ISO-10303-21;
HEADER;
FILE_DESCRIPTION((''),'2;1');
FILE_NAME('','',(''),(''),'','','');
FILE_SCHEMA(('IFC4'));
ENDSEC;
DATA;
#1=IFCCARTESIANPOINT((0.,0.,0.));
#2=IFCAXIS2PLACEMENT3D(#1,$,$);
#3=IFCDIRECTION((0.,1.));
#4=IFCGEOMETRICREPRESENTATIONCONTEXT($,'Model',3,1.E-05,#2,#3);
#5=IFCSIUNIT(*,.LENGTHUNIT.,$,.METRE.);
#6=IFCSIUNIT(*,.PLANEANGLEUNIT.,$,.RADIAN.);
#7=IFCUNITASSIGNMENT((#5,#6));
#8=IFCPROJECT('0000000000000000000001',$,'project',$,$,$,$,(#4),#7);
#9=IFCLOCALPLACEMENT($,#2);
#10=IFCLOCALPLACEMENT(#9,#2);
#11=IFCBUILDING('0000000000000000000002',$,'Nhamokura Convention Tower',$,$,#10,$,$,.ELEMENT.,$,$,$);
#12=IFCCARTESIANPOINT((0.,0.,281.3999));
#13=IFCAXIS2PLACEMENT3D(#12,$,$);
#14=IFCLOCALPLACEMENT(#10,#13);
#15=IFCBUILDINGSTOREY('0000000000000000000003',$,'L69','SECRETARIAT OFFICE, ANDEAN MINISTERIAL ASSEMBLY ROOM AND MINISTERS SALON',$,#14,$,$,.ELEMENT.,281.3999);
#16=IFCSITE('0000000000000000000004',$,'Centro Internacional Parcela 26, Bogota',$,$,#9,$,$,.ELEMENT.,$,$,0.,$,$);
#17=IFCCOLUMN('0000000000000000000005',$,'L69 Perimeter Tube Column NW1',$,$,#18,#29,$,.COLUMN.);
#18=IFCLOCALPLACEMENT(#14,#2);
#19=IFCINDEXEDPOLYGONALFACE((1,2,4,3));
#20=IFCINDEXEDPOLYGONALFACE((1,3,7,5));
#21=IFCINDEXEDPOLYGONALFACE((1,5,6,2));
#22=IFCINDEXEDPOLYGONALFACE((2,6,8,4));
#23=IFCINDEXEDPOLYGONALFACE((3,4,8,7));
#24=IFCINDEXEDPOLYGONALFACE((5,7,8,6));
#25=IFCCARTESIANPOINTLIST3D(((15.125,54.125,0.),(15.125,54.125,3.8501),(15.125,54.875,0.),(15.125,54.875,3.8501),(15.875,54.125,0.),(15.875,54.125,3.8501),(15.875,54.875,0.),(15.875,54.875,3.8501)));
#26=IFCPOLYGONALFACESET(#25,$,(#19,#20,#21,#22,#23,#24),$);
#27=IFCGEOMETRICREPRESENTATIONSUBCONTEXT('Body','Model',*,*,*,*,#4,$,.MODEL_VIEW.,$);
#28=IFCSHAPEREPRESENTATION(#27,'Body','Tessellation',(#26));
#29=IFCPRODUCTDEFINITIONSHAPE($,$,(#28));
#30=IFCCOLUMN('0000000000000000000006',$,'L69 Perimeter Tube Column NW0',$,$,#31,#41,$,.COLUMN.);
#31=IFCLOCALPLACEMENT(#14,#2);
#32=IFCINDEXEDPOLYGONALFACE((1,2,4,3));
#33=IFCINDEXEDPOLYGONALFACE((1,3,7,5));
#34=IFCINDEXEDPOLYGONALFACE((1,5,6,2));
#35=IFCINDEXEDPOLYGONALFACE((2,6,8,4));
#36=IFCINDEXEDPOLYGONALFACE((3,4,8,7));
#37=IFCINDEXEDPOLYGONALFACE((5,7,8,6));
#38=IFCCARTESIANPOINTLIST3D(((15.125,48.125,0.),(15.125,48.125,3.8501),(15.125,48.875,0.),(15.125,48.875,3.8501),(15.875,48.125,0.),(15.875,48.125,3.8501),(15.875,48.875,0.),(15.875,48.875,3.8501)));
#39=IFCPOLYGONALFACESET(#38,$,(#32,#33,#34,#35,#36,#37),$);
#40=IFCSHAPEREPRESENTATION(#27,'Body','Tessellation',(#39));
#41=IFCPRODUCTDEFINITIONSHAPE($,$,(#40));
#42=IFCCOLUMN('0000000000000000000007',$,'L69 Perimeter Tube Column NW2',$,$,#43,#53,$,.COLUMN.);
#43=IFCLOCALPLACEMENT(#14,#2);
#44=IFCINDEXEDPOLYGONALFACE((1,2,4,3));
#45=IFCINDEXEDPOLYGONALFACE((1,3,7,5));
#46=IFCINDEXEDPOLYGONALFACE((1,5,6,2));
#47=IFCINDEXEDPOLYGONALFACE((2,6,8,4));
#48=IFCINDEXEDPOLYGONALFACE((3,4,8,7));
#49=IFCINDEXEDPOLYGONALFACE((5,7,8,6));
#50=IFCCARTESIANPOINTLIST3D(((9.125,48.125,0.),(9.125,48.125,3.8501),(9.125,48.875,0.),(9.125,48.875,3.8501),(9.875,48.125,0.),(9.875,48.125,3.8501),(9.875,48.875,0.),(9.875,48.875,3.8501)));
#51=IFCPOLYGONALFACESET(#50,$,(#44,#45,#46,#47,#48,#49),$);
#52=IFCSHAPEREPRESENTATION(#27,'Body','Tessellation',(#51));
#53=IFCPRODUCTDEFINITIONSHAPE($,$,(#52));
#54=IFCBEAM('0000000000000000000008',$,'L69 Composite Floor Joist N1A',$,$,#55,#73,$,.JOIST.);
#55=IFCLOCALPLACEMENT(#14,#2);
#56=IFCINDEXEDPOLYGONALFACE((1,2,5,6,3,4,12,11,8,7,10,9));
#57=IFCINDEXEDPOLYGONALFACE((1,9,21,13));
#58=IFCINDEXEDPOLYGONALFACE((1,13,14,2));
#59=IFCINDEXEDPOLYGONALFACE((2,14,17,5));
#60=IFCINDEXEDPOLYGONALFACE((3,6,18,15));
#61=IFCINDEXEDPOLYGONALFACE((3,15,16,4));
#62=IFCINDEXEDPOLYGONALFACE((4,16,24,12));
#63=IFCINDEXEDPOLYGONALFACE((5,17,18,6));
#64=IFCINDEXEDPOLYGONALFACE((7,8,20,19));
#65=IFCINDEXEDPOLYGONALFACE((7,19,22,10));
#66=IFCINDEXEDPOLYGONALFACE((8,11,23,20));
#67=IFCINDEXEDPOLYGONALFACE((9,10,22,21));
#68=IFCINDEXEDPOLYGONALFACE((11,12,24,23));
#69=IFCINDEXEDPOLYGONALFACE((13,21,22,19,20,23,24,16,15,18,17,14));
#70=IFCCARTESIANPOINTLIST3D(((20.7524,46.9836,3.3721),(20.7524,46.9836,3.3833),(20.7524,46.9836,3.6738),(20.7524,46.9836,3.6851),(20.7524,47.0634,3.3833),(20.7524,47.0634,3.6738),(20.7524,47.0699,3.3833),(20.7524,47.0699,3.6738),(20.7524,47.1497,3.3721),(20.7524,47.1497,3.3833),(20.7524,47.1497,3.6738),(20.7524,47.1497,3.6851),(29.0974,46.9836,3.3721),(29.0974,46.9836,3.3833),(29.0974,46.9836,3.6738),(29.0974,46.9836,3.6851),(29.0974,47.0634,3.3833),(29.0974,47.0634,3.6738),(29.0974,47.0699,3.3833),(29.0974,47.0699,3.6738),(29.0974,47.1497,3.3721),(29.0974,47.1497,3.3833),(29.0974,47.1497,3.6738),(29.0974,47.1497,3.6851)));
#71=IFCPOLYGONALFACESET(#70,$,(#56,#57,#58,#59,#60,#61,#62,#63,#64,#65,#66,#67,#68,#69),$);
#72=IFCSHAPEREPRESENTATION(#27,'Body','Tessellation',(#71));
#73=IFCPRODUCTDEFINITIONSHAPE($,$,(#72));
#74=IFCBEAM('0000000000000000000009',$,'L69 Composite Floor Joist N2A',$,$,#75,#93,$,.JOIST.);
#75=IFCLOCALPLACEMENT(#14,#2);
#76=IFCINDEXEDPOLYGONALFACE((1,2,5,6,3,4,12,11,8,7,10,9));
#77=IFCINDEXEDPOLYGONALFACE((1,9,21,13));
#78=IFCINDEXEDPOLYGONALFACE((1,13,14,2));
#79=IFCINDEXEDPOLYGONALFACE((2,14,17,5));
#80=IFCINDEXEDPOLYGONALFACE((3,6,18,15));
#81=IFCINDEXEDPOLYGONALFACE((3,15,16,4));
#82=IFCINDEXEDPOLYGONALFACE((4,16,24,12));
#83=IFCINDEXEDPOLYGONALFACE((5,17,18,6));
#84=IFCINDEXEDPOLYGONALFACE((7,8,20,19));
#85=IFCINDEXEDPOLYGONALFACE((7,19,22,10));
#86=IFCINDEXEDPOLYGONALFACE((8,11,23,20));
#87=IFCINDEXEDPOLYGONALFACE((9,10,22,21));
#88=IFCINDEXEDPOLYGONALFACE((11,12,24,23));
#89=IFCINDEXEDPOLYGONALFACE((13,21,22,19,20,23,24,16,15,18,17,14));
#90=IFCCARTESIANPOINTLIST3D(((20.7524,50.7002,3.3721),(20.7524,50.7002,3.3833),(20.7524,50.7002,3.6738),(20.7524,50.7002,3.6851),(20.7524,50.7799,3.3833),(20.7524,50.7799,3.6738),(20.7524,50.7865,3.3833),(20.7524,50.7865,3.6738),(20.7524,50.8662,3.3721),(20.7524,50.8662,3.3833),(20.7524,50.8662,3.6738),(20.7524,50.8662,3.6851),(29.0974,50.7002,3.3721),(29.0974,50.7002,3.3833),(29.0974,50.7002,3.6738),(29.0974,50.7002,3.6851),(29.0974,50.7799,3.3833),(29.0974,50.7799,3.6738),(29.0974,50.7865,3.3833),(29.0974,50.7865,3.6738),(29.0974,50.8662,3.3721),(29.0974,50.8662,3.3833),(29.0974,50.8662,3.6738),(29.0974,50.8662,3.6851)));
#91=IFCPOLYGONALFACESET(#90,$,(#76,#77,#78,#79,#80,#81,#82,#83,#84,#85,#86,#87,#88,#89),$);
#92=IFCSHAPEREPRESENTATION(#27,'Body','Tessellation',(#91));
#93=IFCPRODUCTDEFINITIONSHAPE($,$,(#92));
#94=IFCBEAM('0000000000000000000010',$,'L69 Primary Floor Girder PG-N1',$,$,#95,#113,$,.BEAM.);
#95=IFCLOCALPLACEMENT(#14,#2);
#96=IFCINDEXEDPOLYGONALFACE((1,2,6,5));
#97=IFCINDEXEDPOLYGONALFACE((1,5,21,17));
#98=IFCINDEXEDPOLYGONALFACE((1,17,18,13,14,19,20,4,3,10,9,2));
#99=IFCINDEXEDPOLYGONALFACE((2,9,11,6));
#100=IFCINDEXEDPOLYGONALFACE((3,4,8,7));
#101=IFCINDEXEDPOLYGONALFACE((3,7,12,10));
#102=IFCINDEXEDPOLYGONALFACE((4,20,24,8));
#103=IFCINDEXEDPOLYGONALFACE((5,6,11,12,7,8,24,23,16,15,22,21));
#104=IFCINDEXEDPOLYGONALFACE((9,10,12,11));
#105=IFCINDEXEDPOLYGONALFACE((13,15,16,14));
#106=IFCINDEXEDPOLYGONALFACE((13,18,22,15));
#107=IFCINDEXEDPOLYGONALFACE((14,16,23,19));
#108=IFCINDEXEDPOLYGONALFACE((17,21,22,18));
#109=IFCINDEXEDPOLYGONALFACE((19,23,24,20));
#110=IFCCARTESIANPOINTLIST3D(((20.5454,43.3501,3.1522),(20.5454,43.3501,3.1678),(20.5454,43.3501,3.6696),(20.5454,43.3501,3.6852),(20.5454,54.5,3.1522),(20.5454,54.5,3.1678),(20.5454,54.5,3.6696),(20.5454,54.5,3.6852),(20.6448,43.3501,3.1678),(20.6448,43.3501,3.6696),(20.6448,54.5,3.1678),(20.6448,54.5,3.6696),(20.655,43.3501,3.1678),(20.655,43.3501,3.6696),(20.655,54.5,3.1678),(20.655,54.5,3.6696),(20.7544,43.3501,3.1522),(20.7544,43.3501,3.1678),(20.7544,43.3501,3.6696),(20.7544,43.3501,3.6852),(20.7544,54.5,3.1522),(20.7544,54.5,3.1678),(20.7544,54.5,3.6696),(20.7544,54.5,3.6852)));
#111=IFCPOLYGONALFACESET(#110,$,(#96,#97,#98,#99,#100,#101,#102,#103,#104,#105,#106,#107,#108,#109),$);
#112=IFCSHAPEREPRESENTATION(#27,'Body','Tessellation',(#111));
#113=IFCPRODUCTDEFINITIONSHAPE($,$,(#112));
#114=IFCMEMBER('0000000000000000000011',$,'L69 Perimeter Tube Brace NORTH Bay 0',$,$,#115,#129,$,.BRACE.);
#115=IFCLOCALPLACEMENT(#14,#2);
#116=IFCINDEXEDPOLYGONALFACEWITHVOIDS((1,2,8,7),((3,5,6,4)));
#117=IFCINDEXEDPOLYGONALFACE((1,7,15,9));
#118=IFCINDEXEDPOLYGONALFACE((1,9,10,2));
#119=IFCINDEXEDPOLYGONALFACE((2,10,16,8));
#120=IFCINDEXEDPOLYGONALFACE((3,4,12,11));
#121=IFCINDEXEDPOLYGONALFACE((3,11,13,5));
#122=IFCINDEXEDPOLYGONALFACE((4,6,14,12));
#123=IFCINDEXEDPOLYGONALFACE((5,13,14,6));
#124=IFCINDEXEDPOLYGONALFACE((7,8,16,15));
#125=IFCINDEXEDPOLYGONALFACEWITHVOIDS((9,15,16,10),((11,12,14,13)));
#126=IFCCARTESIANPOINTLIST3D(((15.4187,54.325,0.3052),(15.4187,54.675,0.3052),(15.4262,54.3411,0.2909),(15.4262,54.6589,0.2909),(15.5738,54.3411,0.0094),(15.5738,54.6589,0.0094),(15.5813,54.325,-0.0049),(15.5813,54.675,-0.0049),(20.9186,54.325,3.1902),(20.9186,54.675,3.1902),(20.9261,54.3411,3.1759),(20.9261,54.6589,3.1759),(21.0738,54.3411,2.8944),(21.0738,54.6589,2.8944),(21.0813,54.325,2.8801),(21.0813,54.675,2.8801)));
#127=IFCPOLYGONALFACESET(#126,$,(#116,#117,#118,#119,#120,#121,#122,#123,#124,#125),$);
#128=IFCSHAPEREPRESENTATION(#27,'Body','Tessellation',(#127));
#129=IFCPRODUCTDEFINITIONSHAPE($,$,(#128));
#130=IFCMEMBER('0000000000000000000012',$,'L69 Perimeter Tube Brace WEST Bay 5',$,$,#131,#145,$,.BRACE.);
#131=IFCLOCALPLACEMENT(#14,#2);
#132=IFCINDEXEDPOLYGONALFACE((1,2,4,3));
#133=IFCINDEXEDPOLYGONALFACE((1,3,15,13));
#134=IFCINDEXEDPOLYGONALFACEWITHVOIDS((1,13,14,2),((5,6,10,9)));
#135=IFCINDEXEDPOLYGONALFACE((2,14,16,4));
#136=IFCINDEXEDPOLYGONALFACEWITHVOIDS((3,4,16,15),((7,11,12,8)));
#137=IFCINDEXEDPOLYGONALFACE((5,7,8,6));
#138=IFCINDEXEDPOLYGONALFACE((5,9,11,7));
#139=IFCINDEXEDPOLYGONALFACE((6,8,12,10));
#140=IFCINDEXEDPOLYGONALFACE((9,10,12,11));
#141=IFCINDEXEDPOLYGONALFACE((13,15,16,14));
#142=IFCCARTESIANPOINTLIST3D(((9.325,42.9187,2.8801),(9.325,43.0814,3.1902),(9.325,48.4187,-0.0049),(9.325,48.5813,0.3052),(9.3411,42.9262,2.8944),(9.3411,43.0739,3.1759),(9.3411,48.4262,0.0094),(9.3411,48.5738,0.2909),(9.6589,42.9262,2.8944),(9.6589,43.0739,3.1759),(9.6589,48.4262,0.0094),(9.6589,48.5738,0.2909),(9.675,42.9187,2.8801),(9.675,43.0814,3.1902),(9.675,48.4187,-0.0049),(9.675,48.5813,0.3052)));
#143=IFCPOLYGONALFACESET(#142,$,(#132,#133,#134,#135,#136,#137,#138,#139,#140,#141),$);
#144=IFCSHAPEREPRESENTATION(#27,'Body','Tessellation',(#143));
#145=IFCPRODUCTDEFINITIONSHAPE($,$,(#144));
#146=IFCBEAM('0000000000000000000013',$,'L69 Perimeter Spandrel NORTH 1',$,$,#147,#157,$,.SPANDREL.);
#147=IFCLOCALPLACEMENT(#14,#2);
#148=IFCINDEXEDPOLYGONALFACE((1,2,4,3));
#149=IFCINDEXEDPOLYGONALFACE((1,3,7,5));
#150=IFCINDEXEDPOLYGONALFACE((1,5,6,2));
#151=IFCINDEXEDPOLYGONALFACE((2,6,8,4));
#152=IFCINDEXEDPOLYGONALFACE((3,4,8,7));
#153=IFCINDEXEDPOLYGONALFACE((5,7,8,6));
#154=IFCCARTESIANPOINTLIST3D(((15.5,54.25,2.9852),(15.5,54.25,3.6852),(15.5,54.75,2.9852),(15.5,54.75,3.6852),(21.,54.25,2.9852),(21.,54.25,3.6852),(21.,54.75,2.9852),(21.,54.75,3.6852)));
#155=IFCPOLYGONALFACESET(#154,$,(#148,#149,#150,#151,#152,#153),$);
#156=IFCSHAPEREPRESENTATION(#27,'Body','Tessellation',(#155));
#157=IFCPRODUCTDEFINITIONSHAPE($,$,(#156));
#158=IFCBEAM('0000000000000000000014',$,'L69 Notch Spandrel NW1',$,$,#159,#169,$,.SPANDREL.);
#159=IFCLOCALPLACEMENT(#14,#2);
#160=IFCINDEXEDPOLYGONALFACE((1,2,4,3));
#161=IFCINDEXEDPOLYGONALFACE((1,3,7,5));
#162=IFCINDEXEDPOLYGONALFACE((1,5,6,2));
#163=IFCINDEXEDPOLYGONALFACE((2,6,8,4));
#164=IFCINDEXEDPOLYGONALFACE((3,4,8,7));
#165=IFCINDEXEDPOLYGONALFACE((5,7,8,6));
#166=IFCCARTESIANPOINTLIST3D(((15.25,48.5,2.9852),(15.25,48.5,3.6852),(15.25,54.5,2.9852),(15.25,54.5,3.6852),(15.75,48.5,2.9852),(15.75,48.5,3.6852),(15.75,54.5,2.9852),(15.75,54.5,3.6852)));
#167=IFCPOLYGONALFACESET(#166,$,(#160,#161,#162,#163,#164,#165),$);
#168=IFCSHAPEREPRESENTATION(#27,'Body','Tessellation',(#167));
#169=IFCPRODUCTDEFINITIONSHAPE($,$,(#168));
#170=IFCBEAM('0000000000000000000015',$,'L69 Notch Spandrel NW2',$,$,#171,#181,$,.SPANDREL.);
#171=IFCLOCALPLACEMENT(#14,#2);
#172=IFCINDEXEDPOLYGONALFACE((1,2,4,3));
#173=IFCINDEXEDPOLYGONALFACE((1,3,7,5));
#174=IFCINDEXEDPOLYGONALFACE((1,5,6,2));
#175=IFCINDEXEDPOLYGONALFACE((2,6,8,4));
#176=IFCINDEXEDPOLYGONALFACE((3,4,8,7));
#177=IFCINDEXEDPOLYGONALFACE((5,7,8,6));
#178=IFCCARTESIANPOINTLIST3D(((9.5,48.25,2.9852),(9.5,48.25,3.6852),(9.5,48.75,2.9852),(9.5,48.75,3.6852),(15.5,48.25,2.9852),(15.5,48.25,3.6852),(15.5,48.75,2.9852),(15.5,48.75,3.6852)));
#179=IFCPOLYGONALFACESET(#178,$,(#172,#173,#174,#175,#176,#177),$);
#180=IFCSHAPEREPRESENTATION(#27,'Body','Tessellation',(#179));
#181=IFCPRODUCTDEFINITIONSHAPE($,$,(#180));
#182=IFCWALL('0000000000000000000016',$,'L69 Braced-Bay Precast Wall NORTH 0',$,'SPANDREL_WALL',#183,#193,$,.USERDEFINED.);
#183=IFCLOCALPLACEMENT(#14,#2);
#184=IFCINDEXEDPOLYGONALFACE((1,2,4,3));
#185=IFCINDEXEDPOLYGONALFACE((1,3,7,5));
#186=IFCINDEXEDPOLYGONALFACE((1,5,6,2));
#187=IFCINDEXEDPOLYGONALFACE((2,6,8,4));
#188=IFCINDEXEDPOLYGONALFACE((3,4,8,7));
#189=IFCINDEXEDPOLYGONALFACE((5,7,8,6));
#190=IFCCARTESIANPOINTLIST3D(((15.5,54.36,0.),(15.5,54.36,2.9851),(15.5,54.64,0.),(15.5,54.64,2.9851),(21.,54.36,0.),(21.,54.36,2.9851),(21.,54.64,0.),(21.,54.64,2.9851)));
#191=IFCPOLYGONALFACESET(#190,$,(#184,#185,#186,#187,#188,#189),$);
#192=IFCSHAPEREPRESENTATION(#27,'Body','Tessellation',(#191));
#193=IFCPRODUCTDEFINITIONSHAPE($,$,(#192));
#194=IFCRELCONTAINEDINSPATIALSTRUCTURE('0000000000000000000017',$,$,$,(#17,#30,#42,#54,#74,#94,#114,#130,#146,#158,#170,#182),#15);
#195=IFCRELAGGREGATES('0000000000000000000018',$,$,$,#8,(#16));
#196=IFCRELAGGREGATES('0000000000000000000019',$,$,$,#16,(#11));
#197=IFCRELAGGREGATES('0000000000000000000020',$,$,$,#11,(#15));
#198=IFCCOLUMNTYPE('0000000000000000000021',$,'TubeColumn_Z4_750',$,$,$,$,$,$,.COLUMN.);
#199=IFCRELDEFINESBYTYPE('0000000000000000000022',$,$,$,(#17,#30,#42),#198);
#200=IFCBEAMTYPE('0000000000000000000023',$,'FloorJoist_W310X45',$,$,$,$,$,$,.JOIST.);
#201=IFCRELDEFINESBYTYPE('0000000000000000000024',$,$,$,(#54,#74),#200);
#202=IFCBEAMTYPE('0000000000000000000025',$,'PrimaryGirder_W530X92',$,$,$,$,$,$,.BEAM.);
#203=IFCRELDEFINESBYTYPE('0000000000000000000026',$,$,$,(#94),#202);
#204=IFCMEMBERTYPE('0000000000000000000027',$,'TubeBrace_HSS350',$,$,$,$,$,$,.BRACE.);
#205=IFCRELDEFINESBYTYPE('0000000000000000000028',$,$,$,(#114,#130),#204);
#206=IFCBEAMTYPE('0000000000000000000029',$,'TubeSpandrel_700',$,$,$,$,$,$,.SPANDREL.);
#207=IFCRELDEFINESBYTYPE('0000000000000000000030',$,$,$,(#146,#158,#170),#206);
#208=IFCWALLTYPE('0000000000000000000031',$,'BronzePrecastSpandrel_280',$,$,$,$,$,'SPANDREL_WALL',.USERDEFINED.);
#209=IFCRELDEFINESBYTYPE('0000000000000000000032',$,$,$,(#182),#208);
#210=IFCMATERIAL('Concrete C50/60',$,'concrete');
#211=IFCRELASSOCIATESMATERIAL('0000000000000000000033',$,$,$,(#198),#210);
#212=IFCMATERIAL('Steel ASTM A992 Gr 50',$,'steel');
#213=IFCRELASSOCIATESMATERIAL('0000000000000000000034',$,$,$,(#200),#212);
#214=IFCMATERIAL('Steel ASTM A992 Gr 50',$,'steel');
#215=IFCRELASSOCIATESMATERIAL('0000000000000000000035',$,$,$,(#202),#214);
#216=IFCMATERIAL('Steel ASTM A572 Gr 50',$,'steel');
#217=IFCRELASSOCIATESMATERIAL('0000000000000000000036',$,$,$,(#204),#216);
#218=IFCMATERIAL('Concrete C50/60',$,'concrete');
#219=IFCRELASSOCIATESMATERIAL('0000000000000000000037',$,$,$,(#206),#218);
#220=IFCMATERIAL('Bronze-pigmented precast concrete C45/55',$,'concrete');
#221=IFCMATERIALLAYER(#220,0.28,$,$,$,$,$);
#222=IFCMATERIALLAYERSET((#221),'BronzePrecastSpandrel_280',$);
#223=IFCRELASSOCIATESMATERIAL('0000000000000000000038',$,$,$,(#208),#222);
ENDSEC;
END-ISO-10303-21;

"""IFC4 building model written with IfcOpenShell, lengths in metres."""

from ifc_helpers import new_model, si_unit, direction, frame, frame_2d, origin, origin_2d, place, context, subcontext, project, spatial, rectangle, hollow_rectangle, i_section, extrude, material, layer, layer_set, material_profile, profile_set, type_object, element, save


model = new_model("IFC4")

# Units and contexts
model_context = context("Model", 3, precision=1e-05, world=origin(), true_north=direction((0.0, 1.0)))
body_context = subcontext(model_context, "Body", "Model", "MODEL_VIEW")
ifc_project = project(units=[si_unit("LENGTHUNIT", "METRE"), si_unit("PLANEANGLEUNIT", "RADIAN")], contexts=[model_context])

# Site, building, storey
site_placement = place(None, origin())
site = spatial("IfcSite", under=ifc_project, at=site_placement, Name="Centro Internacional Parcela 26, Bogota", CompositionType="ELEMENT", RefElevation=0.0)
building_placement = place(site_placement, origin())
building = spatial("IfcBuilding", under=site, at=building_placement, Name="Nhamokura Convention Tower", CompositionType="ELEMENT")
storey_placement = place(building_placement, frame((0.0, 0.0, 281.3999)))
storey = spatial("IfcBuildingStorey", under=building, at=storey_placement, Name="L69", Description="SECRETARIAT OFFICE, ANDEAN MINISTERIAL ASSEMBLY ROOM AND MINISTERS SALON", CompositionType="ELEMENT", Elevation=281.3999)

# Columns
ifc_material_1 = material(Name="Concrete C50/60", Category="concrete")
ifc_material_profile_1 = material_profile(ifc_material_1, rectangle(XDim=0.75, YDim=0.75, at=origin_2d()))
ifc_profile_set_1 = profile_set([ifc_material_profile_1], Name="Concrete C50/60")
column_type = type_object("IfcColumnType", Name="TubeColumn_Z4_750", PredefinedType="COLUMN", material=ifc_profile_set_1)
for number, where, z_axis, x_axis, name in (
    (1, (15.5, 54.5, 0.0), (0.0, 0.0, 1.0), (1.0, 0.0, 0.0), "L69 Perimeter Tube Column NW1"),
    (2, (15.5, 48.5, 0.0), (0.0, 0.0, 1.0), (1.0, 0.0, 0.0), "L69 Perimeter Tube Column NW0"),
    (3, (9.5, 48.5, 0.0), (0.0, 0.0, 1.0), (1.0, 0.0, 0.0), "L69 Perimeter Tube Column NW2"),
):
    element("IfcColumn", number, at=place(storey_placement, frame(where, z_axis=z_axis, x_axis=x_axis)), inside=storey, type_object=column_type, Name=name, PredefinedType="COLUMN", context=body_context, shape_type="SweptSolid", body=[
        extrude(rectangle(XDim=0.75, YDim=0.75, at=origin_2d()), origin(), (0.0, 0.0, 1.0), 3.8501),
    ])

# Beams
ifc_material_2 = material(Name="Steel ASTM A992 Gr 50", Category="steel")
ifc_material_profile_2 = material_profile(ifc_material_2, i_section(OverallWidth=0.166, OverallDepth=0.313, WebThickness=0.0066, FlangeThickness=0.0112, at=origin_2d()))
ifc_profile_set_2 = profile_set([ifc_material_profile_2], Name="Steel ASTM A992 Gr 50")
beam_type_1 = type_object("IfcBeamType", Name="FloorJoist_W310X45", PredefinedType="JOIST", material=ifc_profile_set_2)
for number, where, z_axis, x_axis, name in (
    (4, (20.7524, 47.0667, 3.5286), (1.0, 0.0, 0.0), (0.0, 1.0, 0.0), "L69 Composite Floor Joist N1A"),
    (5, (20.7524, 50.7832, 3.5286), (1.0, 0.0, 0.0), (0.0, 1.0, 0.0), "L69 Composite Floor Joist N2A"),
):
    element("IfcBeam", number, at=place(storey_placement, frame(where, z_axis=z_axis, x_axis=x_axis)), inside=storey, type_object=beam_type_1, Name=name, PredefinedType="JOIST", context=body_context, shape_type="SweptSolid", body=[
        extrude(i_section(OverallWidth=0.166, OverallDepth=0.313, WebThickness=0.0066, FlangeThickness=0.0112, at=origin_2d()), origin(), (0.0, 0.0, 1.0), 8.345),
    ])
ifc_material_3 = material(Name="Steel ASTM A992 Gr 50", Category="steel")
ifc_material_profile_3 = material_profile(ifc_material_3, i_section(OverallWidth=0.209, OverallDepth=0.533, WebThickness=0.0103, FlangeThickness=0.0156, at=origin_2d()))
ifc_profile_set_3 = profile_set([ifc_material_profile_3], Name="Steel ASTM A992 Gr 50")
beam_type_2 = type_object("IfcBeamType", Name="PrimaryGirder_W530X92", PredefinedType="BEAM", material=ifc_profile_set_3)
beam_1_placement = place(storey_placement, frame((20.6499, 43.3501, 3.4187), z_axis=(0.0, 1.0, 0.0), x_axis=(-1.0, 0.0, 0.0)))
element("IfcBeam", 6, at=beam_1_placement, inside=storey, type_object=beam_type_2, Name="L69 Primary Floor Girder PG-N1", PredefinedType="BEAM", context=body_context, shape_type="SweptSolid", body=[
    extrude(i_section(OverallWidth=0.209, OverallDepth=0.533, WebThickness=0.0103, FlangeThickness=0.0156, at=origin_2d()), origin(), (0.0, 0.0, 1.0), 11.1499),
])

# Members
ifc_material_4 = material(Name="Steel ASTM A572 Gr 50", Category="steel")
ifc_material_profile_4 = material_profile(ifc_material_4, hollow_rectangle(XDim=0.3501, YDim=0.3501, WallThickness=0.0161, at=origin_2d()))
ifc_profile_set_4 = profile_set([ifc_material_profile_4], Name="Steel ASTM A572 Gr 50")
member_type = type_object("IfcMemberType", Name="TubeBrace_HSS350", PredefinedType="BRACE", material=ifc_profile_set_4)
for number, where, z_axis, x_axis, name in (
    (7, (15.5, 54.5, 0.1501), (0.885563, 0.0, 0.46452), (0.0, 1.0, 0.0), "L69 Perimeter Tube Brace NORTH Bay 0"),
    (8, (9.5, 48.5, 0.1501), (0.0, -0.885563, 0.46452), (1.0, 0.0, 0.0), "L69 Perimeter Tube Brace WEST Bay 5"),
):
    element("IfcMember", number, at=place(storey_placement, frame(where, z_axis=z_axis, x_axis=x_axis)), inside=storey, type_object=member_type, Name=name, PredefinedType="BRACE", context=body_context, shape_type="SweptSolid", body=[
        extrude(hollow_rectangle(XDim=0.3501, YDim=0.3501, WallThickness=0.0161, at=origin_2d()), origin(), (0.0, 0.0, 1.0), 6.2107),
    ])

# Beams
ifc_material_5 = material(Name="Concrete C50/60", Category="concrete")
ifc_material_profile_5 = material_profile(ifc_material_5, rectangle(XDim=0.5, YDim=0.7, at=origin_2d()))
ifc_profile_set_5 = profile_set([ifc_material_profile_5], Name="Concrete C50/60")
beam_type_3 = type_object("IfcBeamType", Name="TubeSpandrel_700", PredefinedType="SPANDREL", material=ifc_profile_set_5)
beam_2_placement = place(storey_placement, frame((15.5, 54.5, 3.3352), z_axis=(1.0, 0.0, 0.0), x_axis=(0.0, 1.0, 0.0)))
element("IfcBeam", 9, at=beam_2_placement, inside=storey, type_object=beam_type_3, Name="L69 Perimeter Spandrel NORTH 1", PredefinedType="SPANDREL", context=body_context, shape_type="SweptSolid", body=[
    extrude(rectangle(XDim=0.5, YDim=0.7, at=origin_2d()), origin(), (0.0, 0.0, 1.0), 5.5),
])
for number, where, z_axis, x_axis, name in (
    (10, (15.5, 54.5, 3.3352), (0.0, -1.0, 0.0), (1.0, 0.0, 0.0), "L69 Notch Spandrel NW1"),
    (11, (15.5, 48.5, 3.3352), (-1.0, 0.0, 0.0), (0.0, -1.0, 0.0), "L69 Notch Spandrel NW2"),
):
    element("IfcBeam", number, at=place(storey_placement, frame(where, z_axis=z_axis, x_axis=x_axis)), inside=storey, type_object=beam_type_3, Name=name, PredefinedType="SPANDREL", context=body_context, shape_type="SweptSolid", body=[
        extrude(rectangle(XDim=0.5, YDim=0.7, at=origin_2d()), origin(), (0.0, 0.0, 1.0), 6.0),
    ])

# Wall
ifc_material_6 = material(Name="Bronze-pigmented precast concrete C45/55", Category="concrete")
ifc_layer_1 = layer(ifc_material_6, 0.28)
ifc_layer_set_1 = layer_set([ifc_layer_1], Name="BronzePrecastSpandrel_280")
wall_type_1 = type_object("IfcWallType", Name="BronzePrecastSpandrel_280", ElementType="SPANDREL_WALL", PredefinedType="USERDEFINED", material=ifc_layer_set_1)
wall_1_placement = place(storey_placement, frame((15.5, 54.5, 0.0), z_axis=(0.0, 0.0, 1.0), x_axis=(1.0, 0.0, 0.0)))
element("IfcWall", 12, at=wall_1_placement, inside=storey, type_object=wall_type_1, Name="L69 Braced-Bay Precast Wall NORTH 0", ObjectType="SPANDREL_WALL", PredefinedType="USERDEFINED", context=body_context, shape_type="SweptSolid", body=[
    extrude(rectangle(XDim=5.5, YDim=0.28, at=frame_2d((2.75, 0.0))), origin(), (0.0, 0.0, 1.0), 2.9851),
])

save(model, "model.ifc")
